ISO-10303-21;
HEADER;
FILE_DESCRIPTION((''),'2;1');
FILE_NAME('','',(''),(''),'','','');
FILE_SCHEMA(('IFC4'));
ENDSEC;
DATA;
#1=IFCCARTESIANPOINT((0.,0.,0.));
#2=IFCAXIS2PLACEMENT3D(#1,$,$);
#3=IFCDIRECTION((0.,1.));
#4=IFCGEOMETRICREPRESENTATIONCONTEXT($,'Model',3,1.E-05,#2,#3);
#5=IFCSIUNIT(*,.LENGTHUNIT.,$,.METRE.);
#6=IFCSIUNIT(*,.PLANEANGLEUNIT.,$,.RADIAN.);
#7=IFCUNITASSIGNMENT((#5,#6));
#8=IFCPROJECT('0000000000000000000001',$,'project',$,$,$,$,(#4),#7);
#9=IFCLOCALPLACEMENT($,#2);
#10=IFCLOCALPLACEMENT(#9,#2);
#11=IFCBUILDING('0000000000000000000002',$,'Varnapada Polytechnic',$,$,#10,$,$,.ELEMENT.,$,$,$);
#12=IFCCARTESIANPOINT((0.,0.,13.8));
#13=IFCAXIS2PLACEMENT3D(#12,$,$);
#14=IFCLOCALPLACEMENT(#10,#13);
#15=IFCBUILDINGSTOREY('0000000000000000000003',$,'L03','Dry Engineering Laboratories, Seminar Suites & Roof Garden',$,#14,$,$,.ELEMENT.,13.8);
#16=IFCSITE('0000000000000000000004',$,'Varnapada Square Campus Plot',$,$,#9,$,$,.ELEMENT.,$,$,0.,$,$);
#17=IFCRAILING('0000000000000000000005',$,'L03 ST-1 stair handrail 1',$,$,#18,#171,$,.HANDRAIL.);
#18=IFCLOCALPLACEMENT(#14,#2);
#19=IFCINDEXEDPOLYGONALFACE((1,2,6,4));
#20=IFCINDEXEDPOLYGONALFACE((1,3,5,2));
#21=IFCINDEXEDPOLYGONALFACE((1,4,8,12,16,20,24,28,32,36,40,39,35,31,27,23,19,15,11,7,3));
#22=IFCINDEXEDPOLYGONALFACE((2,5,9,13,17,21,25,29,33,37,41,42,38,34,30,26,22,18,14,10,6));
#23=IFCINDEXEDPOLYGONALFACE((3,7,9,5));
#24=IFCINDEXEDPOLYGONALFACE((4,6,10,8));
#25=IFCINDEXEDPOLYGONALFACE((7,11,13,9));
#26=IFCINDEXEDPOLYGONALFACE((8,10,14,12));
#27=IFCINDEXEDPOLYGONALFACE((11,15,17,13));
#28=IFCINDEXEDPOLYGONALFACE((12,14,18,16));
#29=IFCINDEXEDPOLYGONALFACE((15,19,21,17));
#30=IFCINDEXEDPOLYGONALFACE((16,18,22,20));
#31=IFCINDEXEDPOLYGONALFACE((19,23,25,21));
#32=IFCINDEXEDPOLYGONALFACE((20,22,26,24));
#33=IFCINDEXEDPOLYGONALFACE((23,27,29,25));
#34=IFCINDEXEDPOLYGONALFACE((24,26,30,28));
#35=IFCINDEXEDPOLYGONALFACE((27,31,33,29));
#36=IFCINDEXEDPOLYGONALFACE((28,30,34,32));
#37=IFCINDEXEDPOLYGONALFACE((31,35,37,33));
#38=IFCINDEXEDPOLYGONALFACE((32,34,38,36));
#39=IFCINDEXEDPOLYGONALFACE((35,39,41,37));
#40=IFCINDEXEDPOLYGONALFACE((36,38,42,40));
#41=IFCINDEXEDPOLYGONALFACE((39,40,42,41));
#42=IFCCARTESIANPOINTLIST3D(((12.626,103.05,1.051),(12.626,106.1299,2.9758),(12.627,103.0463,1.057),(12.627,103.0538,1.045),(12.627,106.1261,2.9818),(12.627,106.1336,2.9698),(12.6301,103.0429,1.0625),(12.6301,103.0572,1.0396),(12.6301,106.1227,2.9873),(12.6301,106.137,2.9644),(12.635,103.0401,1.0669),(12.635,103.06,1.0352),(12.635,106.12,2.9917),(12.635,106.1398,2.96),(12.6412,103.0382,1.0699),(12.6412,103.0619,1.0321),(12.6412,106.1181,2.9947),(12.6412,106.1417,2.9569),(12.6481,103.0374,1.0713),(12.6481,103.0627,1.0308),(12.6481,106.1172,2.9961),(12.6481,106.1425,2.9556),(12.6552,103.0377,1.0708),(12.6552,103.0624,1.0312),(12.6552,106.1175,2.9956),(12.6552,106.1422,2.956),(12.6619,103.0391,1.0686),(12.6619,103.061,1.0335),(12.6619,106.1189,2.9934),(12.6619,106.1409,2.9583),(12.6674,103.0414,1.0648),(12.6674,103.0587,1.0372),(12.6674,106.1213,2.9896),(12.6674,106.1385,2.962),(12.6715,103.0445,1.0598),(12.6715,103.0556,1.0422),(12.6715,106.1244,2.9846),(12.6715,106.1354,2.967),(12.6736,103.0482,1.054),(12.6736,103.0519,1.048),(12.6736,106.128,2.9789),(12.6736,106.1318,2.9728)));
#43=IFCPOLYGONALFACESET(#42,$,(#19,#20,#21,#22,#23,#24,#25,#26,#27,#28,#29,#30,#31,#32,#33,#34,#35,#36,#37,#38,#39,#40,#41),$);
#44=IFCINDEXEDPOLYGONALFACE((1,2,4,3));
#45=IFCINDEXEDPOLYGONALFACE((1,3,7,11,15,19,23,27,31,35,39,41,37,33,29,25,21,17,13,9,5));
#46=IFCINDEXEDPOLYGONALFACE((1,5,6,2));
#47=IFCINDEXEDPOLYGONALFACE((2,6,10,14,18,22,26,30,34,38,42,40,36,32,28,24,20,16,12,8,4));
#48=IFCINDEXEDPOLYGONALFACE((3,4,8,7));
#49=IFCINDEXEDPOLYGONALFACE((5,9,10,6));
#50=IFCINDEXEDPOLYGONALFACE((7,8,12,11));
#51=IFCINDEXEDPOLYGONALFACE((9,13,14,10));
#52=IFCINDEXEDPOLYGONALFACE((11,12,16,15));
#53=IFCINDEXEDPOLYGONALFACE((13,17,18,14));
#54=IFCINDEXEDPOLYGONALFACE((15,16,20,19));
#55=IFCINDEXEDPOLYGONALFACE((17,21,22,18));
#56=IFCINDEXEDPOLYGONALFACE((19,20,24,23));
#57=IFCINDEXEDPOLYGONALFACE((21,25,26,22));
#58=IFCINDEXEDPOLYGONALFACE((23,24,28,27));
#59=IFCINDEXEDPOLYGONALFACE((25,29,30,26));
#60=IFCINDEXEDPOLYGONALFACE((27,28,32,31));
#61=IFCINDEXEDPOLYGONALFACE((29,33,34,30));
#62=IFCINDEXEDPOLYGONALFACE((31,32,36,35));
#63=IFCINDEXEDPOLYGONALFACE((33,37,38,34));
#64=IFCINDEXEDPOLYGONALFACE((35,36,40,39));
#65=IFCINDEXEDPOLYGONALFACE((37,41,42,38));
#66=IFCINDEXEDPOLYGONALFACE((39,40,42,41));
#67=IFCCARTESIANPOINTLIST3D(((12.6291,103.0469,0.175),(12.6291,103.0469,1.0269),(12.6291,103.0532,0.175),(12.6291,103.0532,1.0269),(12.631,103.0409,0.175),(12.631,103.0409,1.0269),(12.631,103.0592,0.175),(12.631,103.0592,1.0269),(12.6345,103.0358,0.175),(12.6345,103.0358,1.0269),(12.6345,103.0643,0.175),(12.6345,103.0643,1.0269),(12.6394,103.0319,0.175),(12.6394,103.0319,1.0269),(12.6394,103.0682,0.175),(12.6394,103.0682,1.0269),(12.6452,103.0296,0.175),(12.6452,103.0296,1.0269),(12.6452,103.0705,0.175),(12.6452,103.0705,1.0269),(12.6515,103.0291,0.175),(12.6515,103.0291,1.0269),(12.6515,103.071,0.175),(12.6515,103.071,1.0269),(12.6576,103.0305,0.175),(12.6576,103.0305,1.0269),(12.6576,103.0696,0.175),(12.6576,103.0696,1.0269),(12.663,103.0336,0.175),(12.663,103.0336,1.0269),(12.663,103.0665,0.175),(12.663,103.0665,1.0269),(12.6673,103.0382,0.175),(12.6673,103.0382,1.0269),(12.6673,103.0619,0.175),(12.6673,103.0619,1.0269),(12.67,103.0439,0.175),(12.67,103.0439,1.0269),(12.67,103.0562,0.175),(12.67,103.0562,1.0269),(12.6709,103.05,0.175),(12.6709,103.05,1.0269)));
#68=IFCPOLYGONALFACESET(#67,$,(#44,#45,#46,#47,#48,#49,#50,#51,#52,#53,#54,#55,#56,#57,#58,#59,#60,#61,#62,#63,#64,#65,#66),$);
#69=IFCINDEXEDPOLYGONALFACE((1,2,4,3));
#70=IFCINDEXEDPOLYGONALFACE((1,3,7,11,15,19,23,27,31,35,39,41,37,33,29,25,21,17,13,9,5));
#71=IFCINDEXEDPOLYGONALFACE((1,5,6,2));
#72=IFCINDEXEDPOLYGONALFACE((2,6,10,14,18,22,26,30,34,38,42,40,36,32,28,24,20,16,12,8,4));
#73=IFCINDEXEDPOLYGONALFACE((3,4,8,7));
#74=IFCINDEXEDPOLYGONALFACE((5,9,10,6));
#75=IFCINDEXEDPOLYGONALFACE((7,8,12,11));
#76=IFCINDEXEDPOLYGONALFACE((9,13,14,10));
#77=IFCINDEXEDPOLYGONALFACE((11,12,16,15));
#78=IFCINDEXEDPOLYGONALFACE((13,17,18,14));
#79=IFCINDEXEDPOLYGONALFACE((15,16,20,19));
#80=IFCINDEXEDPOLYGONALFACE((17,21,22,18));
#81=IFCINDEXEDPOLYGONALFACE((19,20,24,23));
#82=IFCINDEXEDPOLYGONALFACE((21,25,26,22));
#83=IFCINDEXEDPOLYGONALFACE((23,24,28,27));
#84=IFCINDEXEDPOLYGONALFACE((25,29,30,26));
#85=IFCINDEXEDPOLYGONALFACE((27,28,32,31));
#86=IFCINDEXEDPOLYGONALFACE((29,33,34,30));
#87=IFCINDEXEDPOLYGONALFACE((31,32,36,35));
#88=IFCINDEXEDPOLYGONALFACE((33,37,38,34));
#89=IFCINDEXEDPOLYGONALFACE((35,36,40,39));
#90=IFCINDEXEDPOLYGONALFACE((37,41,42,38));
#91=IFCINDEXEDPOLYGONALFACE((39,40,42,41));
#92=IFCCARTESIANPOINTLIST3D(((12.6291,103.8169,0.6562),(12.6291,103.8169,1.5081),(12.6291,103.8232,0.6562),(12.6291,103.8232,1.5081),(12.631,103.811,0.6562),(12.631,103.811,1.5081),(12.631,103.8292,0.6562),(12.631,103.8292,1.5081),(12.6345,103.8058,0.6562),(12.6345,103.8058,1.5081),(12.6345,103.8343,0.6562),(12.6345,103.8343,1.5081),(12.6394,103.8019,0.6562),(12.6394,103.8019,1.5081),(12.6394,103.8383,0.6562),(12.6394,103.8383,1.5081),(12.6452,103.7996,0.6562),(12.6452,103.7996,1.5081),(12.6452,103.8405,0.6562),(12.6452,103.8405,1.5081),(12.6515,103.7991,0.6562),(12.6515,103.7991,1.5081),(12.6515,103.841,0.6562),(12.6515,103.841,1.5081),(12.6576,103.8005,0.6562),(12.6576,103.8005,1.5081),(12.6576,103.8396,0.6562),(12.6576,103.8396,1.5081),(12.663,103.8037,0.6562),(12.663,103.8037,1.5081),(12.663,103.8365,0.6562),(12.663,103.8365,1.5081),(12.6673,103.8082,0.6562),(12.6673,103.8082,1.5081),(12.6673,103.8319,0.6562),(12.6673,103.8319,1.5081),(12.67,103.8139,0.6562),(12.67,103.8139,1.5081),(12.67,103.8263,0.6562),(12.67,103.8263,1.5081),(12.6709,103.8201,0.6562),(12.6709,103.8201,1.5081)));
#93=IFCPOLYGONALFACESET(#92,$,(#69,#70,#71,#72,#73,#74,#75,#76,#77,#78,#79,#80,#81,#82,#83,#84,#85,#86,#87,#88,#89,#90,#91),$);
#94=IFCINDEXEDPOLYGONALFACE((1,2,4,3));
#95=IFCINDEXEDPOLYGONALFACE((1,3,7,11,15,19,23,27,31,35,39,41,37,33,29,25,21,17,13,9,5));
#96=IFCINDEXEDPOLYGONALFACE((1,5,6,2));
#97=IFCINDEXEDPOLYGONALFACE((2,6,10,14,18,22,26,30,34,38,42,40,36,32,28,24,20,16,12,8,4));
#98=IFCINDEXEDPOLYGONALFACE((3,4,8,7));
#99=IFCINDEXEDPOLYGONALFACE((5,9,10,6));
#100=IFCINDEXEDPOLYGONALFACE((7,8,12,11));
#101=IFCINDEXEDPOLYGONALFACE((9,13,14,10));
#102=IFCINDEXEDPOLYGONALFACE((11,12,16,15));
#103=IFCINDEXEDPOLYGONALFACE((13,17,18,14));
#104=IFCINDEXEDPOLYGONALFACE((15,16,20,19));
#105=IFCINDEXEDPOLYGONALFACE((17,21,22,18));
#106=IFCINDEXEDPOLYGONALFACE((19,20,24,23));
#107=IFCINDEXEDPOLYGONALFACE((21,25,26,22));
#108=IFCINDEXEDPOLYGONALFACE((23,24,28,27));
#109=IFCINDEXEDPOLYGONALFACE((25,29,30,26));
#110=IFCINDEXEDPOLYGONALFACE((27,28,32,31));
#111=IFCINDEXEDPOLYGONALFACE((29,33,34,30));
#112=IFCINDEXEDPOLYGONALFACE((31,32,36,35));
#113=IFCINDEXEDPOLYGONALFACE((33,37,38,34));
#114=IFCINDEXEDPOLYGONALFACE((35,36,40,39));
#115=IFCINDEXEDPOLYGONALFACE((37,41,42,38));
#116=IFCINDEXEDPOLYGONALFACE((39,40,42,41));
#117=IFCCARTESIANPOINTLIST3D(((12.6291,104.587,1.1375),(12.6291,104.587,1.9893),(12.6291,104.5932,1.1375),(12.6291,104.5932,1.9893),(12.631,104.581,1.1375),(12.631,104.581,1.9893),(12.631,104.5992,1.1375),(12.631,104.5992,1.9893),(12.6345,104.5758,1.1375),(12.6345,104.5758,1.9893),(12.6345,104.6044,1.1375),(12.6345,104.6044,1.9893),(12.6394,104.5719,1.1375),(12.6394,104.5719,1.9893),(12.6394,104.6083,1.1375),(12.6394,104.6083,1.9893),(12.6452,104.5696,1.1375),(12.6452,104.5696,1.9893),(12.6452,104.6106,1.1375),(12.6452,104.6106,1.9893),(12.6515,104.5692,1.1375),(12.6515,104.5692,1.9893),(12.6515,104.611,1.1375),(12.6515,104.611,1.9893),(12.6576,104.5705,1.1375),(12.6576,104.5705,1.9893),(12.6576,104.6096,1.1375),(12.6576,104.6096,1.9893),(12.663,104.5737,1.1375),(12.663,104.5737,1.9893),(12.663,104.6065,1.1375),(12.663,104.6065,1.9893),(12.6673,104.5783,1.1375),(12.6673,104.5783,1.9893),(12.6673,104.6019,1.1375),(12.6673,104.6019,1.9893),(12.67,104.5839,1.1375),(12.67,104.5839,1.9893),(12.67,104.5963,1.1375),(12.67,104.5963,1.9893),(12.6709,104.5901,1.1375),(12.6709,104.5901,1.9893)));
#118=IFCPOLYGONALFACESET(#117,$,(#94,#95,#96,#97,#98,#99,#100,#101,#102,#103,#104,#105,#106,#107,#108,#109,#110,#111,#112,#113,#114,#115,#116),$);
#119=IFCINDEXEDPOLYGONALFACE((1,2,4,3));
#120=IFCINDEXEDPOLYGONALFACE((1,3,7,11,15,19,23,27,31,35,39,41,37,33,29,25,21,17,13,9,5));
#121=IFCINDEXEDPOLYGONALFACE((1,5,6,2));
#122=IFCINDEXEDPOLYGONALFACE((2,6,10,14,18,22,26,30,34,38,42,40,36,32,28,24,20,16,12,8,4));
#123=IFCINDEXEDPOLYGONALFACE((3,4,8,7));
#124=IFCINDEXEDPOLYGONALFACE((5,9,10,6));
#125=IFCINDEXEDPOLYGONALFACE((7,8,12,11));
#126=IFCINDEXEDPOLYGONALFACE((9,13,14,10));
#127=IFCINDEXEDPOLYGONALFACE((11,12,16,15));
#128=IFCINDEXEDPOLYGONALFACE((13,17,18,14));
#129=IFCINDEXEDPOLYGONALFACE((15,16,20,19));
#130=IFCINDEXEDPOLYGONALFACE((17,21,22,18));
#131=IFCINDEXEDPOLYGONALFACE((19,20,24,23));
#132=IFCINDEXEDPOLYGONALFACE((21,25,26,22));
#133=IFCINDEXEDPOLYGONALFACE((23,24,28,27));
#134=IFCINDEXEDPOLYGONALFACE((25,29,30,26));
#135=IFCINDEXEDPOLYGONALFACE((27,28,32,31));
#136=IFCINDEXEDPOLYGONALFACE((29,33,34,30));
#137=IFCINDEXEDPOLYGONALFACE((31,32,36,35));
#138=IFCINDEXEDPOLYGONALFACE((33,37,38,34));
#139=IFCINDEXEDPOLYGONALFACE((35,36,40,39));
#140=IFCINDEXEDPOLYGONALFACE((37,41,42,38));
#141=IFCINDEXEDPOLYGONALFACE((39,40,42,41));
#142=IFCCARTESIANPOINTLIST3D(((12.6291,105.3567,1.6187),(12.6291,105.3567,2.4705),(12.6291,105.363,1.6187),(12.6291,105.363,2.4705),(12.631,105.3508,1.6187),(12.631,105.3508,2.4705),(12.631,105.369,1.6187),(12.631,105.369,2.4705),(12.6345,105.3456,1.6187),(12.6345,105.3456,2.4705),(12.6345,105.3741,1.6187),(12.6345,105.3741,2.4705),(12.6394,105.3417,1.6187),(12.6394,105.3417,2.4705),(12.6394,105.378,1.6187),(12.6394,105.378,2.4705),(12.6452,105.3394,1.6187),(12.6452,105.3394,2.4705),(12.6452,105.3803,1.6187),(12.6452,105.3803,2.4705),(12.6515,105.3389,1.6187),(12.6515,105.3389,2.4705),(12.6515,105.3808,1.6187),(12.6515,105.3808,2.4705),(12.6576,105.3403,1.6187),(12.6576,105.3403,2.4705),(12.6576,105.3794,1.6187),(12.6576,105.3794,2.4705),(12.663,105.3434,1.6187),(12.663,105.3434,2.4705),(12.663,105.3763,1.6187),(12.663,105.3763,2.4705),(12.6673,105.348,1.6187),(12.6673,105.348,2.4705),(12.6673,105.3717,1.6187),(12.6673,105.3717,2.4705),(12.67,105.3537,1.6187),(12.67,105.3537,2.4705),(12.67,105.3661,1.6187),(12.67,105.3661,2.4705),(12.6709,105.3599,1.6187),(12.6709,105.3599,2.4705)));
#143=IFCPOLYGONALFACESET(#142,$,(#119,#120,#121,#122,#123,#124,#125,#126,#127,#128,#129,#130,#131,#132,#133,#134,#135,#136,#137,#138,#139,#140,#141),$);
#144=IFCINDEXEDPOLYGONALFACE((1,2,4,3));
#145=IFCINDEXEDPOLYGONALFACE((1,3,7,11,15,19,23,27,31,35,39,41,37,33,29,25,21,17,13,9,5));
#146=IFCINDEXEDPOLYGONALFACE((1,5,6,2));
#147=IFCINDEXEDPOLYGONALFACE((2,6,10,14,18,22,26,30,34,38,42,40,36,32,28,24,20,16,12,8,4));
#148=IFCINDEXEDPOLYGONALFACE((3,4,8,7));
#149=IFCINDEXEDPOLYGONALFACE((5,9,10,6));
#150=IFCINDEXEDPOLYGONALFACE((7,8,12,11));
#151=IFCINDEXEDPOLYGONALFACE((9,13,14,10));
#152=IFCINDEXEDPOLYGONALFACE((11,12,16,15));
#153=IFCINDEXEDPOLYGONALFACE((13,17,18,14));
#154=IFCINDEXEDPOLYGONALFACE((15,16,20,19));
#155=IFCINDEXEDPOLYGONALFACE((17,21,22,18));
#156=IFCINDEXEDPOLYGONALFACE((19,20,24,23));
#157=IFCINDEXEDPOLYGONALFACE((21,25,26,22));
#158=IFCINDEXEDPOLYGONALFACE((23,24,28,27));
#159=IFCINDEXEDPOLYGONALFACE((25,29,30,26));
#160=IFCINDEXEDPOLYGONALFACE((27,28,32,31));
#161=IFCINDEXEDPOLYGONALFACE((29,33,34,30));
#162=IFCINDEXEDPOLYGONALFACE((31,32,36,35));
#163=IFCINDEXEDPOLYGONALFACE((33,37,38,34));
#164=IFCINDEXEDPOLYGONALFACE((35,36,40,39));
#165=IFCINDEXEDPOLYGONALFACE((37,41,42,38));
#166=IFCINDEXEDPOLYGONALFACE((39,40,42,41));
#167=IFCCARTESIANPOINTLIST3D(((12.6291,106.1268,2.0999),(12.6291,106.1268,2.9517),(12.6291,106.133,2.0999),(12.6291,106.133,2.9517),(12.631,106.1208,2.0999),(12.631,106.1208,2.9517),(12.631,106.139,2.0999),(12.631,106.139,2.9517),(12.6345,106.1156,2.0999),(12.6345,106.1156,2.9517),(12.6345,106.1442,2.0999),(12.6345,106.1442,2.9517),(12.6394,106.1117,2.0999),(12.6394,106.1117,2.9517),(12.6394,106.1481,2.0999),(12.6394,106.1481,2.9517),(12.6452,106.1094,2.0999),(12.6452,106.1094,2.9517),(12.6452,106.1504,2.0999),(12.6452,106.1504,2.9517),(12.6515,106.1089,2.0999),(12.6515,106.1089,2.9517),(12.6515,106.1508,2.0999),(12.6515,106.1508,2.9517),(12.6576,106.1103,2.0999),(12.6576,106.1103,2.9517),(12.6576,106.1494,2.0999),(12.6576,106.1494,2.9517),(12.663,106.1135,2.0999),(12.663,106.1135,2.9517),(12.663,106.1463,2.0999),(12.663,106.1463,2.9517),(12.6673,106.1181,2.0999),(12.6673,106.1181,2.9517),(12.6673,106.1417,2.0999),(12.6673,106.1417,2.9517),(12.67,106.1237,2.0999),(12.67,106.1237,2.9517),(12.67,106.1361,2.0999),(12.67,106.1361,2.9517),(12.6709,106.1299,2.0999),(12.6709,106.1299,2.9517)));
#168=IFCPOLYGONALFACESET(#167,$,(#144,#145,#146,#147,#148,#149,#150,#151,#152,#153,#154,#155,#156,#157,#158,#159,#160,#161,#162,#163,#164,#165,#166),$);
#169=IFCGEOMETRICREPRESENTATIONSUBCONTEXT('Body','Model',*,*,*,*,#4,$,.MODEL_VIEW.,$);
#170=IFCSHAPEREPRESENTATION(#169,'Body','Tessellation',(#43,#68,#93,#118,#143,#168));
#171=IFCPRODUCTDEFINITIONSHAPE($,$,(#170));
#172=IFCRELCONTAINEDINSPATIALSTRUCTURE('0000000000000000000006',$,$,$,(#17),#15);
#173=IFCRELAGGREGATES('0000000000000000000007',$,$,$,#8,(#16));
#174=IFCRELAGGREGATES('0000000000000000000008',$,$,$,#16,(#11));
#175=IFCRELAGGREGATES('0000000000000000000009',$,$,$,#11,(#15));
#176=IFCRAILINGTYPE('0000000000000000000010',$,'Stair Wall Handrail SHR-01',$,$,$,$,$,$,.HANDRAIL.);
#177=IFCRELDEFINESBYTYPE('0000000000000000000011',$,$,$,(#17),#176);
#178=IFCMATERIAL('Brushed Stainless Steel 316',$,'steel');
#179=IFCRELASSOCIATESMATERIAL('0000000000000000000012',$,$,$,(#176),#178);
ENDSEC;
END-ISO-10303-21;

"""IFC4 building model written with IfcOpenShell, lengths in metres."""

from ifc_helpers import new_model, si_unit, direction, frame, origin, origin_2d, place, context, subcontext, project, spatial, circle, extrude, material, type_object, element, save


model = new_model("IFC4")

# Units and contexts
model_context = context("Model", 3, precision=1e-05, world=origin(), true_north=direction((0.0, 1.0)))
body_context = subcontext(model_context, "Body", "Model", "MODEL_VIEW")
ifc_project = project(units=[si_unit("LENGTHUNIT", "METRE"), si_unit("PLANEANGLEUNIT", "RADIAN")], contexts=[model_context])

# Site, building, storey
site_placement = place(None, origin())
site = spatial("IfcSite", under=ifc_project, at=site_placement, Name="Varnapada Square Campus Plot", CompositionType="ELEMENT", RefElevation=0.0)
building_placement = place(site_placement, origin())
building = spatial("IfcBuilding", under=site, at=building_placement, Name="Varnapada Polytechnic", CompositionType="ELEMENT")
storey_placement = place(building_placement, frame((0.0, 0.0, 13.8)))
storey = spatial("IfcBuildingStorey", under=building, at=storey_placement, Name="L03", Description="Dry Engineering Laboratories, Seminar Suites & Roof Garden", CompositionType="ELEMENT", Elevation=13.8)

# Shared definitions
ifc_material_1 = material(Name="Brushed Stainless Steel 316", Category="steel")

# Railing
railing_type_1 = type_object("IfcRailingType", Name="Stair Wall Handrail SHR-01", PredefinedType="HANDRAIL", material=ifc_material_1)
railing_1_placement = place(storey_placement, frame((12.6499, 103.05, 0.175)))
element("IfcRailing", 1, at=railing_1_placement, inside=storey, type_object=railing_type_1, Name="L03 ST-1 stair handrail 1", PredefinedType="HANDRAIL", context=body_context, shape_type="SweptSolid", body=[
    extrude(circle(Radius=0.0239, at=origin_2d()), frame((0.0, 0.0, 0.876), z_axis=(0.0, 0.84801, 0.529981), x_axis=(-1.0, 0.0, 0.0)), (0.0, 0.0, 1.0), 3.6318),
    extrude(circle(Radius=0.021, at=origin_2d()), origin(), (0.0, 0.0, 1.0), 0.8518),
    extrude(circle(Radius=0.021, at=origin_2d()), frame((0.0, 0.77, 0.4812)), (0.0, 0.0, 1.0), 0.8518),
    extrude(circle(Radius=0.021, at=origin_2d()), frame((0.0, 1.54, 0.9624)), (0.0, 0.0, 1.0), 0.8518),
    extrude(circle(Radius=0.021, at=origin_2d()), frame((0.0, 2.3098, 1.4436)), (0.0, 0.0, 1.0), 0.8518),
    extrude(circle(Radius=0.021, at=origin_2d()), frame((0.0, 3.0798, 1.9248)), (0.0, 0.0, 1.0), 0.8518),
])

save(model, "model.ifc")
